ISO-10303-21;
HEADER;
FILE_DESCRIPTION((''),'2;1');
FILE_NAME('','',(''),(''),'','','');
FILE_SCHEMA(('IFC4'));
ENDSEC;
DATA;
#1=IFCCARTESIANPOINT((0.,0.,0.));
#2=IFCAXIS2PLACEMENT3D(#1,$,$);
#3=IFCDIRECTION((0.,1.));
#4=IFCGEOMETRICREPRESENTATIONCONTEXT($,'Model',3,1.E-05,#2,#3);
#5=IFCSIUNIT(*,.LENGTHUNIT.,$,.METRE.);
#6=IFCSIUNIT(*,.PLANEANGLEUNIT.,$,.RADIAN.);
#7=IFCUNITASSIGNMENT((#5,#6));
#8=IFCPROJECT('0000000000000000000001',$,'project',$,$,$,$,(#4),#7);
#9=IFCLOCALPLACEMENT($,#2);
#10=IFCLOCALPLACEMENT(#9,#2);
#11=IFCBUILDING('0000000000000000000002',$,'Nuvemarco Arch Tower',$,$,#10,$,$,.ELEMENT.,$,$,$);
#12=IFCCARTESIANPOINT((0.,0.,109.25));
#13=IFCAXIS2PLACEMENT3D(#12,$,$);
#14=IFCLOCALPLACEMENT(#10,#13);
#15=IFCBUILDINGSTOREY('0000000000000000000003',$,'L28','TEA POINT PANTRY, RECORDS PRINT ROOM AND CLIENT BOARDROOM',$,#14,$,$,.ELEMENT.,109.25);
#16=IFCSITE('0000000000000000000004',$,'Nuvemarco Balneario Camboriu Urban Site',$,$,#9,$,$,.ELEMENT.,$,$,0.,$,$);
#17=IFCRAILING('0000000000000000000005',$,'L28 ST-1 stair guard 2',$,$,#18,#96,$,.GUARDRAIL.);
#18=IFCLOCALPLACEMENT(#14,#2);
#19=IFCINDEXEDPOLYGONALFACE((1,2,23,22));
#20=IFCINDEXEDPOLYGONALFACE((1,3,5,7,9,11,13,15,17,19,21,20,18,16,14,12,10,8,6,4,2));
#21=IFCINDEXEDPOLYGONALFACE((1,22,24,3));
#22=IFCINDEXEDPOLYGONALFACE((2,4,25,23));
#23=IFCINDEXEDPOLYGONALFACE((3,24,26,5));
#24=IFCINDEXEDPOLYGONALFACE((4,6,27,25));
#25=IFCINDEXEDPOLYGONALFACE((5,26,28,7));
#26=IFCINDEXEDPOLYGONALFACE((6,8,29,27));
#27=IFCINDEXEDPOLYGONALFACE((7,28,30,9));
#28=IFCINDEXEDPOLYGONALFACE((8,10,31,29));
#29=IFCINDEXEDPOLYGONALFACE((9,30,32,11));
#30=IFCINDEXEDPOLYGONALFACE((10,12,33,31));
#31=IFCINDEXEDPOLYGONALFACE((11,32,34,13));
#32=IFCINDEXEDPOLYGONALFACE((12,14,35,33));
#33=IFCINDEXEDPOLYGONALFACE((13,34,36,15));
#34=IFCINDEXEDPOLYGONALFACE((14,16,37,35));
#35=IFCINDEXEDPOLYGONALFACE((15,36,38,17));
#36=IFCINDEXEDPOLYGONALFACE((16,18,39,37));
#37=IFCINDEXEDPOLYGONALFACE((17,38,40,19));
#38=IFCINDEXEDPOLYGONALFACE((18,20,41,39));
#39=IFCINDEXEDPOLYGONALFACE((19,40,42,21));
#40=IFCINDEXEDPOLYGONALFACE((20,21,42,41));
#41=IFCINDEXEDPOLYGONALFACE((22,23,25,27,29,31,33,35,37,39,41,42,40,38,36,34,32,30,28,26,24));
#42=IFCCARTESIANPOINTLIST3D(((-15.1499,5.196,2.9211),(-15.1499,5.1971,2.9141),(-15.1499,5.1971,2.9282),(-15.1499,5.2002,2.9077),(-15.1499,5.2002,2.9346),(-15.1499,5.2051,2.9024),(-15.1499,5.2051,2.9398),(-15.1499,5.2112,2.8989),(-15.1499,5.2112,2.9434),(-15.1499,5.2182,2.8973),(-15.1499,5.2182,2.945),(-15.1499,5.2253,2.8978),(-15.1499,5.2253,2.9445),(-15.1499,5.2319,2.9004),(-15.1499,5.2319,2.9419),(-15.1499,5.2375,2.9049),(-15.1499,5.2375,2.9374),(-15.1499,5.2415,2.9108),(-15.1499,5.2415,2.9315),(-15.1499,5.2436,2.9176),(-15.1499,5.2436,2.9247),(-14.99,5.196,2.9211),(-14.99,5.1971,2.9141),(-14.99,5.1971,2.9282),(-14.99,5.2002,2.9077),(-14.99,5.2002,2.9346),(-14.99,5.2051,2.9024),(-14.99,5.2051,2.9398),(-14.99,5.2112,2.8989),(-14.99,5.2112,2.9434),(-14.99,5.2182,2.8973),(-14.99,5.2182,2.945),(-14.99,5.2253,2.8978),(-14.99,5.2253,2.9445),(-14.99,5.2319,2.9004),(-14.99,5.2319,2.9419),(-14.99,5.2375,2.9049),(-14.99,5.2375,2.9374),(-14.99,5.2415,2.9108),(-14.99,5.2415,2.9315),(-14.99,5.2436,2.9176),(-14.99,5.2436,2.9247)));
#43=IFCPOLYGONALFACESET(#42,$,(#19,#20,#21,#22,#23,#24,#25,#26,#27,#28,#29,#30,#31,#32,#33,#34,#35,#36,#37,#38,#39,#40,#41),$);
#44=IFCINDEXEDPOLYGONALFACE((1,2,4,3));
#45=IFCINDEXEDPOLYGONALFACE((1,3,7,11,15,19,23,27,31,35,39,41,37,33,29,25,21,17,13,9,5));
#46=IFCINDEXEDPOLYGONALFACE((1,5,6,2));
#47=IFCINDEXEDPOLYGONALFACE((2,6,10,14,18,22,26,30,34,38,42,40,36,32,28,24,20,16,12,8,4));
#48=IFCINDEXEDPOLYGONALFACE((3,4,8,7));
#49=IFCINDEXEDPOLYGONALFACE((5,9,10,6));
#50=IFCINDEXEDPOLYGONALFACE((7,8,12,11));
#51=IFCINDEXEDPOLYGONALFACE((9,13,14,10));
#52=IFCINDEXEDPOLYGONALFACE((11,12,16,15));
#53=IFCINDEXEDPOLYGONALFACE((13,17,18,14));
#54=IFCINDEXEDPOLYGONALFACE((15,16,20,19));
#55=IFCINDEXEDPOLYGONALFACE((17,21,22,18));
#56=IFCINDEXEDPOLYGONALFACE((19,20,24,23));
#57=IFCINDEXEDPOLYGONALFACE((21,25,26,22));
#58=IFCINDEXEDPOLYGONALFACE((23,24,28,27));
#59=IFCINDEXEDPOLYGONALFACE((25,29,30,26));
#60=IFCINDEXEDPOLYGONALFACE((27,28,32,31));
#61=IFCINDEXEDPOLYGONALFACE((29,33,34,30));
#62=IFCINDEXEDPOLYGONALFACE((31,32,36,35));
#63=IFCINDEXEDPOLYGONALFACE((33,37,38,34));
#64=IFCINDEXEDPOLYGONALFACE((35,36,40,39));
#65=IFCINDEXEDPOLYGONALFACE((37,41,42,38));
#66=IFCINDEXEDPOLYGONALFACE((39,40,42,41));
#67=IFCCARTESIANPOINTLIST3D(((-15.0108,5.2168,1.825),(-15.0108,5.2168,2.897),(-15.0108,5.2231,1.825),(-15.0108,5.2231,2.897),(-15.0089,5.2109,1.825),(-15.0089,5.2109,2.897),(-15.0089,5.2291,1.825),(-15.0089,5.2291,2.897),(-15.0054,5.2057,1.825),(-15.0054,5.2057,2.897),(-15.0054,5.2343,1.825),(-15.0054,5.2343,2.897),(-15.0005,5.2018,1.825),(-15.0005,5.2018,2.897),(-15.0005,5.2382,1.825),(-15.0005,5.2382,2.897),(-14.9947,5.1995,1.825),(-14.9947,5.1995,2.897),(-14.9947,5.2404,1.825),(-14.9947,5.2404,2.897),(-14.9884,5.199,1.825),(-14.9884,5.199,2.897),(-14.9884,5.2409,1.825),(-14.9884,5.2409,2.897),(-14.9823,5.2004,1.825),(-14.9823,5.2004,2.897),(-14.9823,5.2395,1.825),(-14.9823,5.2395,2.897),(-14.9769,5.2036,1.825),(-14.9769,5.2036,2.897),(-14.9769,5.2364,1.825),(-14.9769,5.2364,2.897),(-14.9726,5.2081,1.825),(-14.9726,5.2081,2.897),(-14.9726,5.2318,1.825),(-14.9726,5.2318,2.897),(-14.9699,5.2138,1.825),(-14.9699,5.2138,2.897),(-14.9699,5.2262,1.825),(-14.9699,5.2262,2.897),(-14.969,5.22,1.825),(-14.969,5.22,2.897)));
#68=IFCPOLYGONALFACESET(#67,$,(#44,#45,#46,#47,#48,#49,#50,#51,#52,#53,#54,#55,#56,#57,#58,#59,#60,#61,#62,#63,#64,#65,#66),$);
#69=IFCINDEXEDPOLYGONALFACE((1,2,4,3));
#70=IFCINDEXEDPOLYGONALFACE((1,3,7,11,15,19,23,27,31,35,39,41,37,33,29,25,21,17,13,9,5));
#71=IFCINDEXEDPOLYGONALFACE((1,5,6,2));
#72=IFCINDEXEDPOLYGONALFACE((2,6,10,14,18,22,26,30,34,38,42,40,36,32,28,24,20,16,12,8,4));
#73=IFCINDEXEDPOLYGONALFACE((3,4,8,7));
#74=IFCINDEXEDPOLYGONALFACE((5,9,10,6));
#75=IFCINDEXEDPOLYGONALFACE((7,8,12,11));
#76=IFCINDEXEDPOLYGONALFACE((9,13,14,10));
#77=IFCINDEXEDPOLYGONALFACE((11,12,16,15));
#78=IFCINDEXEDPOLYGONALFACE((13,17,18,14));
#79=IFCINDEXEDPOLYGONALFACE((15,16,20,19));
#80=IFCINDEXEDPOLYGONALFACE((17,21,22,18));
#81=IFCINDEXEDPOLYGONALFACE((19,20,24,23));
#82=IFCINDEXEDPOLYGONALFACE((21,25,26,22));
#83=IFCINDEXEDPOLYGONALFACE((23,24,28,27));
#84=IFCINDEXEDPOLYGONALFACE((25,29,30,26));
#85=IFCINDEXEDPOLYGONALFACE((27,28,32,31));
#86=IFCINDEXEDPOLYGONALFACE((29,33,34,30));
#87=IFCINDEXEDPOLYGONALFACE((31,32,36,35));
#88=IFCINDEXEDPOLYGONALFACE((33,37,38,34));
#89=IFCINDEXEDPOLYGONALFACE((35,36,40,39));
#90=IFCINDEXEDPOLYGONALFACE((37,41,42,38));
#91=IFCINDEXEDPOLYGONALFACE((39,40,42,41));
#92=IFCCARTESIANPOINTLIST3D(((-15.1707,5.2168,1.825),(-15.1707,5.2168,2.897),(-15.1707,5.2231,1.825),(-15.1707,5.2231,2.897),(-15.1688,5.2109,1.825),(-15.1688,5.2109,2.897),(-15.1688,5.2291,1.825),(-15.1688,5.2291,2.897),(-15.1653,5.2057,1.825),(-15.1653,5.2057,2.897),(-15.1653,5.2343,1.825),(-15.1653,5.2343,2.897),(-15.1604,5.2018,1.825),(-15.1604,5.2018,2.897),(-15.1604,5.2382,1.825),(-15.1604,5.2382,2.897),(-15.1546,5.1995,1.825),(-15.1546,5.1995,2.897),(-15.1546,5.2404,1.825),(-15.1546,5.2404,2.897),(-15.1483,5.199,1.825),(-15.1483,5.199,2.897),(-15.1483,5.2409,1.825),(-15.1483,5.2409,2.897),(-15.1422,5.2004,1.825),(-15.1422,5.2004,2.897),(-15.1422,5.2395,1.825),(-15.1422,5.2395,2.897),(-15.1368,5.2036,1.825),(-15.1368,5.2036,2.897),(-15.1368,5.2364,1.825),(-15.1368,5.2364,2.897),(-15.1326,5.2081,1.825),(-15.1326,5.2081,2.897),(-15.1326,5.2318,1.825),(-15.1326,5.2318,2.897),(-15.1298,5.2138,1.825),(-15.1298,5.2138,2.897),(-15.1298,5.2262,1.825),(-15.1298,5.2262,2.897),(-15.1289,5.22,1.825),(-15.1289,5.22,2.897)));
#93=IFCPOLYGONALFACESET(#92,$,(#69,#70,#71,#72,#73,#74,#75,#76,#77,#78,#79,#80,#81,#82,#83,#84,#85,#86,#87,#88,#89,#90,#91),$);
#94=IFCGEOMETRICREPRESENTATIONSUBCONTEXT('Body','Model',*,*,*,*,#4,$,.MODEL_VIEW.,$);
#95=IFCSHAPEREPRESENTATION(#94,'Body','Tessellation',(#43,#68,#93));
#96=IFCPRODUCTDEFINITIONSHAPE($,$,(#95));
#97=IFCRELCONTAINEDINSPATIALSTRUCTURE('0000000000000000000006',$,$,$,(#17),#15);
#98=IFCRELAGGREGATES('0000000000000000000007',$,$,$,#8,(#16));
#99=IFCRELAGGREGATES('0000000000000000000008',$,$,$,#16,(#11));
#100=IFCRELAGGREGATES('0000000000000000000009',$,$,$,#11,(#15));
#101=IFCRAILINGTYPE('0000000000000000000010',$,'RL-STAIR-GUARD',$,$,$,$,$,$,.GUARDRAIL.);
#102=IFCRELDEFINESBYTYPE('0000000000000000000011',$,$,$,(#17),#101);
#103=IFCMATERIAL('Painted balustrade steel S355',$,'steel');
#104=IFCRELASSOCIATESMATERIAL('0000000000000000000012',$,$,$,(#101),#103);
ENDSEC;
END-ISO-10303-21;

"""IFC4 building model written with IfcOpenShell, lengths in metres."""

from ifc_helpers import new_model, si_unit, direction, frame, origin, origin_2d, place, context, subcontext, project, spatial, circle, extrude, material, type_object, element, save


model = new_model("IFC4")

# Units and contexts
model_context = context("Model", 3, precision=1e-05, world=origin(), true_north=direction((0.0, 1.0)))
body_context = subcontext(model_context, "Body", "Model", "MODEL_VIEW")
ifc_project = project(units=[si_unit("LENGTHUNIT", "METRE"), si_unit("PLANEANGLEUNIT", "RADIAN")], contexts=[model_context])

# Site, building, storey
site_placement = place(None, origin())
site = spatial("IfcSite", under=ifc_project, at=site_placement, Name="Nuvemarco Balneario Camboriu Urban Site", CompositionType="ELEMENT", RefElevation=0.0)
building_placement = place(site_placement, origin())
building = spatial("IfcBuilding", under=site, at=building_placement, Name="Nuvemarco Arch Tower", CompositionType="ELEMENT")
storey_placement = place(building_placement, frame((0.0, 0.0, 109.25)))
storey = spatial("IfcBuildingStorey", under=building, at=storey_placement, Name="L28", Description="TEA POINT PANTRY, RECORDS PRINT ROOM AND CLIENT BOARDROOM", CompositionType="ELEMENT", Elevation=109.25)

# Railing
ifc_material_1 = material(Name="Painted balustrade steel S355", Category="steel")
railing_type_1 = type_object("IfcRailingType", Name="RL-STAIR-GUARD", PredefinedType="GUARDRAIL", material=ifc_material_1)
railing_1_placement = place(storey_placement, frame((-14.99, 5.22, 1.825)))
element("IfcRailing", 1, at=railing_1_placement, inside=storey, type_object=railing_type_1, Name="L28 ST-1 stair guard 2", PredefinedType="GUARDRAIL", context=body_context, shape_type="SweptSolid", body=[
    extrude(circle(Radius=0.0239, at=origin_2d()), frame((0.0, 0.0, 1.0962), z_axis=(-1.0, 0.0, 0.0), x_axis=(0.0, -1.0, 0.0)), (0.0, 0.0, 1.0), 0.1599),
    extrude(circle(Radius=0.021, at=origin_2d()), origin(), (0.0, 0.0, 1.0), 1.072),
    extrude(circle(Radius=0.021, at=origin_2d()), frame((-0.1599, 0.0, 0.0)), (0.0, 0.0, 1.0), 1.072),
])

save(model, "model.ifc")
